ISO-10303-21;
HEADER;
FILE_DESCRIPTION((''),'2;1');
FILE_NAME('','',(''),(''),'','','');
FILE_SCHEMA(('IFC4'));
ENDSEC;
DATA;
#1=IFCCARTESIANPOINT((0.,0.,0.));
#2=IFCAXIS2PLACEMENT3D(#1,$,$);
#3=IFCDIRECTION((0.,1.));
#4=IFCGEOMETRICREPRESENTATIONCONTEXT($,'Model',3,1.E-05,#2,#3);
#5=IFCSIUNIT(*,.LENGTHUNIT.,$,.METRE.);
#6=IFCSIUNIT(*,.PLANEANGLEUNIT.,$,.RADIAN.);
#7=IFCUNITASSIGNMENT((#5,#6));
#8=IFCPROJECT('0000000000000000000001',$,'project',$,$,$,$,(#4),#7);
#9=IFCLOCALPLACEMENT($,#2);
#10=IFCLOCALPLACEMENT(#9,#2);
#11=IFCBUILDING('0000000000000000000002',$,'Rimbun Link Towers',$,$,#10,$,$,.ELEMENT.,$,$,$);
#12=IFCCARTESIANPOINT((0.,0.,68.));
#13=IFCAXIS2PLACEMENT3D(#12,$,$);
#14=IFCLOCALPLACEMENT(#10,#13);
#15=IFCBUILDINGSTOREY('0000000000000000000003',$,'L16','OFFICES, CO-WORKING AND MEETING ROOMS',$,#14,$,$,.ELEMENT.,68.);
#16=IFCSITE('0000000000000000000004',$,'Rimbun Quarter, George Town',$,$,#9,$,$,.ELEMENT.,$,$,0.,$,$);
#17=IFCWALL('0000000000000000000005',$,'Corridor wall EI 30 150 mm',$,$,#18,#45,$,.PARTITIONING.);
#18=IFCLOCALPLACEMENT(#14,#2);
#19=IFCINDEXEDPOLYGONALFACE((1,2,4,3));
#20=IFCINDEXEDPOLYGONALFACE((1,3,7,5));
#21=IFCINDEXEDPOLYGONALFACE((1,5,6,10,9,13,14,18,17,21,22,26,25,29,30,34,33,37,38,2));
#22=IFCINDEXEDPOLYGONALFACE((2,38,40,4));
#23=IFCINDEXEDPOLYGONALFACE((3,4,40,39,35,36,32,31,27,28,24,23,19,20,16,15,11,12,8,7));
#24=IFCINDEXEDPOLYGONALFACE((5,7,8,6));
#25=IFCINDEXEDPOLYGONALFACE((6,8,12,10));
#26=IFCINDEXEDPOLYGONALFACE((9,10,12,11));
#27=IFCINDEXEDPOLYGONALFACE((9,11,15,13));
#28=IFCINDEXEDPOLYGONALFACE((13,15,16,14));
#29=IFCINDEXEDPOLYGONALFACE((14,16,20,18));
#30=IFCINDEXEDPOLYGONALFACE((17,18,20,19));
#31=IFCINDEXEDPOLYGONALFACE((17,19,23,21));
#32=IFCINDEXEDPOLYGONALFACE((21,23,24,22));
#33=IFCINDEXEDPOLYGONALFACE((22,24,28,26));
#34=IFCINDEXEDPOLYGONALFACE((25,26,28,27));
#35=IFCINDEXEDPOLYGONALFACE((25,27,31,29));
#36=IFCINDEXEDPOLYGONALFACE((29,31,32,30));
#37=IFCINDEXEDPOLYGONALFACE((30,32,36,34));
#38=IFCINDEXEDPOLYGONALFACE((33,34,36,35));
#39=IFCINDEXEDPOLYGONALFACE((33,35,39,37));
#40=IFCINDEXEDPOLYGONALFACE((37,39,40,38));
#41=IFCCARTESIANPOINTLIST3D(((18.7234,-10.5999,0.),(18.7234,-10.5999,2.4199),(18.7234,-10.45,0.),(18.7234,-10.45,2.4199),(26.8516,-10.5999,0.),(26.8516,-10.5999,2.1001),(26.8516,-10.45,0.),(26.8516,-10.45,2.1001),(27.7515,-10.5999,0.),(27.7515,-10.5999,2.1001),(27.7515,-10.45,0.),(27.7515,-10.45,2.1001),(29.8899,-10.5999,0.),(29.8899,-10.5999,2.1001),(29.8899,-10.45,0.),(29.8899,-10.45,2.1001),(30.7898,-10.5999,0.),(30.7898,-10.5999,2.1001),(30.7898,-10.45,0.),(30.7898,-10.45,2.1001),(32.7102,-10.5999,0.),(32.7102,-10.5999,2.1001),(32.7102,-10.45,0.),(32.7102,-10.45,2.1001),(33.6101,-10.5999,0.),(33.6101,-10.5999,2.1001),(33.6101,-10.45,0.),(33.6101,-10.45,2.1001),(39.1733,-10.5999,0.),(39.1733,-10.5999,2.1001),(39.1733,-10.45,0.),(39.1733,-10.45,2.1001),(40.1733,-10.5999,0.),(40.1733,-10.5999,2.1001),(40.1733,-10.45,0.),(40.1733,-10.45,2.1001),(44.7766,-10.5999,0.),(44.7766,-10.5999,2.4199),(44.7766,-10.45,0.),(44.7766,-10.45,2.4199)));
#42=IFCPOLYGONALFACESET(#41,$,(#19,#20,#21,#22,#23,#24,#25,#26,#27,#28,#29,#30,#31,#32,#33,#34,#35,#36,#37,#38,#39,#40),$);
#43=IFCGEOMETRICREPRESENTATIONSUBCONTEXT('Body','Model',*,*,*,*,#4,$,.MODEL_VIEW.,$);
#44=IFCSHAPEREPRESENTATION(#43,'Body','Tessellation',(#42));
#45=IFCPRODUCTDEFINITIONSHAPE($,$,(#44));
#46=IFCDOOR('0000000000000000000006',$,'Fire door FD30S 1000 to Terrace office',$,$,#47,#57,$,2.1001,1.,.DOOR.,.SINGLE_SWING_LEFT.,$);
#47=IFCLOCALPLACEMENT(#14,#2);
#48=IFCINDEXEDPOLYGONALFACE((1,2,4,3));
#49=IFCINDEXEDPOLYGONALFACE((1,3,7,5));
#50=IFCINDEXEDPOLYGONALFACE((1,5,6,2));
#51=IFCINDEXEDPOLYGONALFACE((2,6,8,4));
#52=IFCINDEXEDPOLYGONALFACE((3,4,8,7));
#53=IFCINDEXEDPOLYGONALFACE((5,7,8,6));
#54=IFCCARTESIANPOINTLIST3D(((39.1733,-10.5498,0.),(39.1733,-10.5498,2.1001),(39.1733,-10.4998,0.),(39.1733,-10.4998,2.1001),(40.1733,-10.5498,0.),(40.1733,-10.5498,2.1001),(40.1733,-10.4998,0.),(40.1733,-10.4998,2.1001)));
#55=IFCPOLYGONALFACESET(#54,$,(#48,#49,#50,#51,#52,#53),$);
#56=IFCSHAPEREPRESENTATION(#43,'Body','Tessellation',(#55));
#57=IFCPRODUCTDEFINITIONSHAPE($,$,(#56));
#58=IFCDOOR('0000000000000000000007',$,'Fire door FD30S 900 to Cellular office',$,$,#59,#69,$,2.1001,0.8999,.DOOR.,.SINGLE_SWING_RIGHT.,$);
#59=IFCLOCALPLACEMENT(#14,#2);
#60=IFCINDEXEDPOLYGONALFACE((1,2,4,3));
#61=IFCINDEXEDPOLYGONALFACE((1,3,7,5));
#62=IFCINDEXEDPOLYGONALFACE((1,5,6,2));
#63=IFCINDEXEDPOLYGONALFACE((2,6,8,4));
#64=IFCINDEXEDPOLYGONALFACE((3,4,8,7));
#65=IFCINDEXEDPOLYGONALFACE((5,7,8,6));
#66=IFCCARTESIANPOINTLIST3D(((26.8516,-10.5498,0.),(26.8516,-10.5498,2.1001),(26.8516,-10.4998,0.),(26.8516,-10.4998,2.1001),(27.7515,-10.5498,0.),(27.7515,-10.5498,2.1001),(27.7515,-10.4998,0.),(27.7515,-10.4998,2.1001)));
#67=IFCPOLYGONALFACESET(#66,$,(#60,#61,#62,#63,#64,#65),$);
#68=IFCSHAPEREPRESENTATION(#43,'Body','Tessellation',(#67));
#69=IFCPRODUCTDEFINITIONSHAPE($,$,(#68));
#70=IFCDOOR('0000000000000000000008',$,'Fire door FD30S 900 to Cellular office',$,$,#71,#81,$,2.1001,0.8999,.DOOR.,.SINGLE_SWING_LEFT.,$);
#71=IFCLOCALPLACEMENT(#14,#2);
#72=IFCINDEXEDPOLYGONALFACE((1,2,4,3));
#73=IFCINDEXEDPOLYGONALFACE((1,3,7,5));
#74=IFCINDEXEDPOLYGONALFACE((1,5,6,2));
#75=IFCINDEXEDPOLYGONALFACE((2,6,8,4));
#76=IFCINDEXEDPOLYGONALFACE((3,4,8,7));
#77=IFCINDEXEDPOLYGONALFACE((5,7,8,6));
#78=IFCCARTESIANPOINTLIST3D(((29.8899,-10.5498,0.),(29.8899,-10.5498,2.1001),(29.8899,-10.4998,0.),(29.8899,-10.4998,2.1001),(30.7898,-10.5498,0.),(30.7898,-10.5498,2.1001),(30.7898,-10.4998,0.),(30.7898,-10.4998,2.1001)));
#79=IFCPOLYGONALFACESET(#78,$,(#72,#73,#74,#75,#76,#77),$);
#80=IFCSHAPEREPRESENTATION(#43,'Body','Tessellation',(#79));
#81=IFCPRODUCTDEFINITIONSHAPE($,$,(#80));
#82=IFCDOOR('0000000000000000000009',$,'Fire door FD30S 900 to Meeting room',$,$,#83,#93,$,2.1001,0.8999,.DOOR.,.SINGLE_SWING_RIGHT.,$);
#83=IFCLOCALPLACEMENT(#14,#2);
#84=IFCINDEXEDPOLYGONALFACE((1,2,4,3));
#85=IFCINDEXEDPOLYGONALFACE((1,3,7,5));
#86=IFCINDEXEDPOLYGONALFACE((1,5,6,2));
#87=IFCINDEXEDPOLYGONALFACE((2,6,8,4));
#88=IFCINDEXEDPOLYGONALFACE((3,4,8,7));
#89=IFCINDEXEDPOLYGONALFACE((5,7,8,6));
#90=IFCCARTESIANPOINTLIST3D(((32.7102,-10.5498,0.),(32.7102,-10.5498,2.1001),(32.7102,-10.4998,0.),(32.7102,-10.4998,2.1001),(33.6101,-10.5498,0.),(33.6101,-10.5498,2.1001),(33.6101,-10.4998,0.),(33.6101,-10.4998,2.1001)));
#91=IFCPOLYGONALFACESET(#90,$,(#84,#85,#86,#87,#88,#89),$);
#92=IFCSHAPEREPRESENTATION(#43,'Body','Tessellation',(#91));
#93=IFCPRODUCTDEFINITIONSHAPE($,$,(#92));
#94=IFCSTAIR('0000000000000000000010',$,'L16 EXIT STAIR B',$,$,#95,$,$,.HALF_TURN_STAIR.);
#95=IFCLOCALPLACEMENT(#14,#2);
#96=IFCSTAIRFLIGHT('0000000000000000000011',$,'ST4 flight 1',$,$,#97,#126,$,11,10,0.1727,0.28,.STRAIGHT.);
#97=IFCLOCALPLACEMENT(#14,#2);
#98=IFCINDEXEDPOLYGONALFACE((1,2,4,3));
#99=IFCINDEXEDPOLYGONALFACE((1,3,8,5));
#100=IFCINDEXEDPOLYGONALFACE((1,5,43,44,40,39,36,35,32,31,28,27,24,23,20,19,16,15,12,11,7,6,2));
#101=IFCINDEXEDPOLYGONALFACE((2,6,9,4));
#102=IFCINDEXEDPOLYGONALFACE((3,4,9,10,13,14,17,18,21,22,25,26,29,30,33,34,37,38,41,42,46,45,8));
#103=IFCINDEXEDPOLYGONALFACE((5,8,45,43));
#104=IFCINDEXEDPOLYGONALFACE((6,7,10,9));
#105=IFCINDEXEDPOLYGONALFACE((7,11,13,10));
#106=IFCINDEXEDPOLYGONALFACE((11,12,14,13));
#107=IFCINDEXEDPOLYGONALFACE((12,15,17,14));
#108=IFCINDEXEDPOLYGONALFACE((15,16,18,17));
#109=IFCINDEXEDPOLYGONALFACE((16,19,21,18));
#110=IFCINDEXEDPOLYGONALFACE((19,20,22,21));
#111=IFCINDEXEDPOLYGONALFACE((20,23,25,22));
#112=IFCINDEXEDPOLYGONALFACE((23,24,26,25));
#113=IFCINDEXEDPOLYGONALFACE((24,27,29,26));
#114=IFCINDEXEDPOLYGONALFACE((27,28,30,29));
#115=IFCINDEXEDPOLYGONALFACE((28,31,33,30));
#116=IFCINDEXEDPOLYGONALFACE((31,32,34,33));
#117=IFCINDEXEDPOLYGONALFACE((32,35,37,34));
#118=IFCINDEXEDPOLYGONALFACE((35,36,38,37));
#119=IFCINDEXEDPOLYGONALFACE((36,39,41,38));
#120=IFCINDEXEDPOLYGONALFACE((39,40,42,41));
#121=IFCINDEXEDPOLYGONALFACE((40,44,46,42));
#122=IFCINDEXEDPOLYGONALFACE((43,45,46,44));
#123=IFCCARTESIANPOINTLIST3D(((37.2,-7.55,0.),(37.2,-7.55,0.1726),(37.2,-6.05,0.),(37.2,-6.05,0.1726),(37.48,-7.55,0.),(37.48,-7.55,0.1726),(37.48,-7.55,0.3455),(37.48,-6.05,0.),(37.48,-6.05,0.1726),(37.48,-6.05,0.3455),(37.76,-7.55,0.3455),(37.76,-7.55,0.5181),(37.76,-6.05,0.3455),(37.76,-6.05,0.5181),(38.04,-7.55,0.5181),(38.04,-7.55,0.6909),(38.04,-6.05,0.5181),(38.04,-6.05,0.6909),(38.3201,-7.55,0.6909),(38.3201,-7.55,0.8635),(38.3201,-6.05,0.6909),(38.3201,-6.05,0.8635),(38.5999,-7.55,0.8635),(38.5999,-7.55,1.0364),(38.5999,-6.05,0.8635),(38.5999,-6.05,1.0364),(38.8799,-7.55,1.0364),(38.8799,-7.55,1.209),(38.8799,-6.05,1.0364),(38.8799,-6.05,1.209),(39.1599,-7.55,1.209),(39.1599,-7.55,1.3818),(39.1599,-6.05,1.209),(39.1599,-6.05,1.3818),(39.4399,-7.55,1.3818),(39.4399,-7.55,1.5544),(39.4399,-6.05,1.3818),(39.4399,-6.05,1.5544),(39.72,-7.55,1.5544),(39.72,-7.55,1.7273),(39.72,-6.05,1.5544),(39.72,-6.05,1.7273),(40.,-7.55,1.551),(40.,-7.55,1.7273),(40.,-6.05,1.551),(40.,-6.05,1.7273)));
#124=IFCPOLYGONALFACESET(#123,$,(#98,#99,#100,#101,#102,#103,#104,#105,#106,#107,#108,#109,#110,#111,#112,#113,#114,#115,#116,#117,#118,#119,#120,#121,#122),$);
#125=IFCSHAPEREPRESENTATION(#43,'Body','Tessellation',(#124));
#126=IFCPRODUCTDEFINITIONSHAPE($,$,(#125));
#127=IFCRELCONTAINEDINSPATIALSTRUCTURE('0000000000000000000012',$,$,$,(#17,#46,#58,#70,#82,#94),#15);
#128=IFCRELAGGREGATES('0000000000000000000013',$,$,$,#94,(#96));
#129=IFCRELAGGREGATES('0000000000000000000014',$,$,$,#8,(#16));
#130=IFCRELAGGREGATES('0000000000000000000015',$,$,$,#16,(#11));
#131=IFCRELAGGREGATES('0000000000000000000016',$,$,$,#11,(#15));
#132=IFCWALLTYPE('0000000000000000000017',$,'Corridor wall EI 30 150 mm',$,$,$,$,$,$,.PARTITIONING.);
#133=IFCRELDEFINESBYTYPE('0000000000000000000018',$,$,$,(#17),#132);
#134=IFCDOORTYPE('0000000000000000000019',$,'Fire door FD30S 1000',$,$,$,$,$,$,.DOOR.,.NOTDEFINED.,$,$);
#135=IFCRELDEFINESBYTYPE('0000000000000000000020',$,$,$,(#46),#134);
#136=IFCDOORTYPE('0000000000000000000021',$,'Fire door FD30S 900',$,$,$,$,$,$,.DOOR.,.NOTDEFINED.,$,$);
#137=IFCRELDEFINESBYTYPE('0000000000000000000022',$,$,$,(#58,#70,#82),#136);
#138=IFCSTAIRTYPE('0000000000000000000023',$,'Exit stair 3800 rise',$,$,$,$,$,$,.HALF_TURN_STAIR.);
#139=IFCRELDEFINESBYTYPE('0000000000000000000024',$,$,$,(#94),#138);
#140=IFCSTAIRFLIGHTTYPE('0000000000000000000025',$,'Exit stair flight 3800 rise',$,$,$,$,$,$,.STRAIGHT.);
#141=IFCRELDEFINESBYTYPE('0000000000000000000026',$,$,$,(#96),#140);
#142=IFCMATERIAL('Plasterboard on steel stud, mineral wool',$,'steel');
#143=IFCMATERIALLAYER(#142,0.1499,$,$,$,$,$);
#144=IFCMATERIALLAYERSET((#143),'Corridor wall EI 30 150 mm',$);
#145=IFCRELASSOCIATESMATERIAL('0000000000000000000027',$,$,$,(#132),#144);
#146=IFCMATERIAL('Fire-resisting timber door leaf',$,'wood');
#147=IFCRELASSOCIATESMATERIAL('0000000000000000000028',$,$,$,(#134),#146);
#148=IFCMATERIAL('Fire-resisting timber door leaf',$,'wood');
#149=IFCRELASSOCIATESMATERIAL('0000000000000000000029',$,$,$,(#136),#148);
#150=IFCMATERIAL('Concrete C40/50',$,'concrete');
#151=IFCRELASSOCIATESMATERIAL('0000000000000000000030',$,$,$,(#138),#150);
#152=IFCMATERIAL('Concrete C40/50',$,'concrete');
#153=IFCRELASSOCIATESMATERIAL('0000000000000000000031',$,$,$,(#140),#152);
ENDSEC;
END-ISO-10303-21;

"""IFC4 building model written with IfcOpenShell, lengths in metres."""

from ifc_helpers import new_model, si_unit, direction, frame, frame_2d, origin, place, context, subcontext, project, spatial, polyline, rectangle, outline, extrude, material, layer, layer_set, type_object, element, fill, aggregate, save


model = new_model("IFC4")

# Units and contexts
model_context = context("Model", 3, precision=1e-05, world=origin(), true_north=direction((0.0, 1.0)))
body_context = subcontext(model_context, "Body", "Model", "MODEL_VIEW")
ifc_project = project(units=[si_unit("LENGTHUNIT", "METRE"), si_unit("PLANEANGLEUNIT", "RADIAN")], contexts=[model_context])

# Site, building, storey
site_placement = place(None, origin())
site = spatial("IfcSite", under=ifc_project, at=site_placement, Name="Rimbun Quarter, George Town", CompositionType="ELEMENT", RefElevation=0.0)
building_placement = place(site_placement, origin())
building = spatial("IfcBuilding", under=site, at=building_placement, Name="Rimbun Link Towers", CompositionType="ELEMENT")
storey_placement = place(building_placement, frame((0.0, 0.0, 68.0)))
storey = spatial("IfcBuildingStorey", under=building, at=storey_placement, Name="L16", Description="OFFICES, CO-WORKING AND MEETING ROOMS", CompositionType="ELEMENT", Elevation=68.0)

# Shared definitions
ifc_material_1 = material(Name="Plasterboard on steel stud, mineral wool", Category="steel")
ifc_layer_1 = layer(ifc_material_1, 0.1499)
ifc_layer_set_1 = layer_set([ifc_layer_1], Name="Corridor wall EI 30 150 mm")
wall_type_1 = type_object("IfcWallType", Name="Corridor wall EI 30 150 mm", PredefinedType="PARTITIONING", material=ifc_layer_set_1)

# Wall, openings, doors
wall_1_placement = place(storey_placement, frame((44.7766, -10.5249, 0.0), z_axis=(0.0, 0.0, 1.0), x_axis=(-1.0, 0.0, 0.0)))
wall_1 = element("IfcWall", 1, at=wall_1_placement, inside=storey, type_object=wall_type_1, Name="Corridor wall EI 30 150 mm", PredefinedType="PARTITIONING", context=body_context, shape_type="SweptSolid", body=[
    extrude(rectangle(XDim=26.0532, YDim=0.1499, at=frame_2d((13.0266, 0.0))), origin(), (0.0, 0.0, 1.0), 2.4199),
])
opening_1_placement = place(wall_1_placement, frame((17.0251, 0.0, 0.0)))
opening_1 = element("IfcOpeningElement", 2, at=opening_1_placement, cuts=wall_1, PredefinedType="OPENING", context=body_context, shape_type="SweptSolid", body=[
    extrude(rectangle(XDim=0.8999, YDim=2.1001, at=frame_2d((0.45, 1.05))), frame((0.0, 0.085, 0.0), z_axis=(0.0, -1.0, 0.0), x_axis=(1.0, 0.0, 0.0)), (0.0, 0.0, 1.0), 0.1699),
])
opening_2_placement = place(wall_1_placement, frame((13.9868, 0.0, 0.0)))
opening_2 = element("IfcOpeningElement", 3, at=opening_2_placement, cuts=wall_1, PredefinedType="OPENING", context=body_context, shape_type="SweptSolid", body=[
    extrude(rectangle(XDim=0.8999, YDim=2.1001, at=frame_2d((0.45, 1.05))), frame((0.0, 0.085, 0.0), z_axis=(0.0, -1.0, 0.0), x_axis=(1.0, 0.0, 0.0)), (0.0, 0.0, 1.0), 0.1699),
])
opening_3_placement = place(wall_1_placement, frame((11.1665, 0.0, 0.0)))
opening_3 = element("IfcOpeningElement", 4, at=opening_3_placement, cuts=wall_1, PredefinedType="OPENING", context=body_context, shape_type="SweptSolid", body=[
    extrude(rectangle(XDim=0.8999, YDim=2.1001, at=frame_2d((0.45, 1.05))), frame((0.0, 0.085, 0.0), z_axis=(0.0, -1.0, 0.0), x_axis=(1.0, 0.0, 0.0)), (0.0, 0.0, 1.0), 0.1699),
])
opening_4_placement = place(wall_1_placement, frame((4.6033, 0.0, 0.0)))
opening_4 = element("IfcOpeningElement", 5, at=opening_4_placement, cuts=wall_1, PredefinedType="OPENING", context=body_context, shape_type="SweptSolid", body=[
    extrude(rectangle(XDim=1.0, YDim=2.1001, at=frame_2d((0.5, 1.05))), frame((0.0, 0.085, 0.0), z_axis=(0.0, -1.0, 0.0), x_axis=(1.0, 0.0, 0.0)), (0.0, 0.0, 1.0), 0.1699),
])
ifc_material_2 = material(Name="Fire-resisting timber door leaf", Category="wood")
door_type_1 = type_object("IfcDoorType", Name="Fire door FD30S 1000", OperationType="NOTDEFINED", PredefinedType="DOOR", material=ifc_material_2)
door_1_placement = place(opening_4_placement, origin())
door_1 = element("IfcDoor", 6, at=door_1_placement, inside=storey, type_object=door_type_1, Name="Fire door FD30S 1000 to Terrace office", OperationType="SINGLE_SWING_LEFT", OverallHeight=2.1001, OverallWidth=1.0, PredefinedType="DOOR", context=body_context, shape_type="SweptSolid", body=[
    extrude(rectangle(XDim=1.0, YDim=2.1001, at=frame_2d((0.5, 1.05))), frame((0.0, 0.0249, 0.0), z_axis=(0.0, -1.0, 0.0), x_axis=(1.0, 0.0, 0.0)), (0.0, 0.0, 1.0), 0.05),
])
fill(opening_4, door_1)
ifc_material_3 = material(Name="Fire-resisting timber door leaf", Category="wood")
door_type_2 = type_object("IfcDoorType", Name="Fire door FD30S 900", OperationType="NOTDEFINED", PredefinedType="DOOR", material=ifc_material_3)
door_2_placement = place(opening_1_placement, origin())
door_2 = element("IfcDoor", 7, at=door_2_placement, inside=storey, type_object=door_type_2, Name="Fire door FD30S 900 to Cellular office", OperationType="SINGLE_SWING_RIGHT", OverallHeight=2.1001, OverallWidth=0.8999, PredefinedType="DOOR", context=body_context, shape_type="SweptSolid", body=[
    extrude(rectangle(XDim=0.8999, YDim=2.1001, at=frame_2d((0.45, 1.05))), frame((0.0, 0.0249, 0.0), z_axis=(0.0, -1.0, 0.0), x_axis=(1.0, 0.0, 0.0)), (0.0, 0.0, 1.0), 0.05),
])
fill(opening_1, door_2)
door_3_placement = place(opening_2_placement, origin())
door_3 = element("IfcDoor", 8, at=door_3_placement, inside=storey, type_object=door_type_2, Name="Fire door FD30S 900 to Cellular office", OperationType="SINGLE_SWING_LEFT", OverallHeight=2.1001, OverallWidth=0.8999, PredefinedType="DOOR", context=body_context, shape_type="SweptSolid", body=[
    extrude(rectangle(XDim=0.8999, YDim=2.1001, at=frame_2d((0.45, 1.05))), frame((0.0, 0.0249, 0.0), z_axis=(0.0, -1.0, 0.0), x_axis=(1.0, 0.0, 0.0)), (0.0, 0.0, 1.0), 0.05),
])
fill(opening_2, door_3)
door_4_placement = place(opening_3_placement, origin())
door_4 = element("IfcDoor", 9, at=door_4_placement, inside=storey, type_object=door_type_2, Name="Fire door FD30S 900 to Meeting room", OperationType="SINGLE_SWING_RIGHT", OverallHeight=2.1001, OverallWidth=0.8999, PredefinedType="DOOR", context=body_context, shape_type="SweptSolid", body=[
    extrude(rectangle(XDim=0.8999, YDim=2.1001, at=frame_2d((0.45, 1.05))), frame((0.0, 0.0249, 0.0), z_axis=(0.0, -1.0, 0.0), x_axis=(1.0, 0.0, 0.0)), (0.0, 0.0, 1.0), 0.05),
])
fill(opening_3, door_4)

# Stair, stair flight
ifc_material_4 = material(Name="Concrete C40/50", Category="concrete")
stair_type = type_object("IfcStairType", Name="Exit stair 3800 rise", PredefinedType="HALF_TURN_STAIR", material=ifc_material_4)
stair_placement = place(storey_placement, origin())
stair = element("IfcStair", 10, at=stair_placement, inside=storey, type_object=stair_type, Name="L16 EXIT STAIR B", PredefinedType="HALF_TURN_STAIR")
ifc_material_5 = material(Name="Concrete C40/50", Category="concrete")
stair_flight_type = type_object("IfcStairFlightType", Name="Exit stair flight 3800 rise", PredefinedType="STRAIGHT", material=ifc_material_5)
stair_flight_placement = place(storey_placement, frame((37.2, -6.8, 0.0), z_axis=(0.0, 0.0, 1.0), x_axis=(1.0, 0.0, 0.0)))
stair_flight = element("IfcStairFlight", 11, at=stair_flight_placement, type_object=stair_flight_type, Name="ST4 flight 1", NumberOfRisers=11, NumberOfTreads=10, PredefinedType="STRAIGHT", RiserHeight=0.1727, TreadLength=0.28, context=body_context, shape_type="SweptSolid", body=[
    extrude(outline(polyline([(0.0, 0.0), (0.0, 0.1726), (0.28, 0.1726), (0.28, 0.3455), (0.5601, 0.3455), (0.5601, 0.5181), (0.8401, 0.5181), (0.8401, 0.6909), (1.1201, 0.6909), (1.1201, 0.8635), (1.3999, 0.8635), (1.3999, 1.0364), (1.6799, 1.0364), (1.6799, 1.209), (1.96, 1.209), (1.96, 1.3818), (2.24, 1.3818), (2.24, 1.5544), (2.52, 1.5544), (2.52, 1.7273), (2.8, 1.7273), (2.8, 1.8999), (2.8, 1.551), (0.28, 0.0), (0.0, 0.0)])), frame((0.0, 0.75, 0.0), z_axis=(0.0, -1.0, 0.0), x_axis=(1.0, 0.0, 0.0)), (0.0, 0.0, 1.0), 1.5),
])
aggregate(stair, [stair_flight])

save(model, "model.ifc")
